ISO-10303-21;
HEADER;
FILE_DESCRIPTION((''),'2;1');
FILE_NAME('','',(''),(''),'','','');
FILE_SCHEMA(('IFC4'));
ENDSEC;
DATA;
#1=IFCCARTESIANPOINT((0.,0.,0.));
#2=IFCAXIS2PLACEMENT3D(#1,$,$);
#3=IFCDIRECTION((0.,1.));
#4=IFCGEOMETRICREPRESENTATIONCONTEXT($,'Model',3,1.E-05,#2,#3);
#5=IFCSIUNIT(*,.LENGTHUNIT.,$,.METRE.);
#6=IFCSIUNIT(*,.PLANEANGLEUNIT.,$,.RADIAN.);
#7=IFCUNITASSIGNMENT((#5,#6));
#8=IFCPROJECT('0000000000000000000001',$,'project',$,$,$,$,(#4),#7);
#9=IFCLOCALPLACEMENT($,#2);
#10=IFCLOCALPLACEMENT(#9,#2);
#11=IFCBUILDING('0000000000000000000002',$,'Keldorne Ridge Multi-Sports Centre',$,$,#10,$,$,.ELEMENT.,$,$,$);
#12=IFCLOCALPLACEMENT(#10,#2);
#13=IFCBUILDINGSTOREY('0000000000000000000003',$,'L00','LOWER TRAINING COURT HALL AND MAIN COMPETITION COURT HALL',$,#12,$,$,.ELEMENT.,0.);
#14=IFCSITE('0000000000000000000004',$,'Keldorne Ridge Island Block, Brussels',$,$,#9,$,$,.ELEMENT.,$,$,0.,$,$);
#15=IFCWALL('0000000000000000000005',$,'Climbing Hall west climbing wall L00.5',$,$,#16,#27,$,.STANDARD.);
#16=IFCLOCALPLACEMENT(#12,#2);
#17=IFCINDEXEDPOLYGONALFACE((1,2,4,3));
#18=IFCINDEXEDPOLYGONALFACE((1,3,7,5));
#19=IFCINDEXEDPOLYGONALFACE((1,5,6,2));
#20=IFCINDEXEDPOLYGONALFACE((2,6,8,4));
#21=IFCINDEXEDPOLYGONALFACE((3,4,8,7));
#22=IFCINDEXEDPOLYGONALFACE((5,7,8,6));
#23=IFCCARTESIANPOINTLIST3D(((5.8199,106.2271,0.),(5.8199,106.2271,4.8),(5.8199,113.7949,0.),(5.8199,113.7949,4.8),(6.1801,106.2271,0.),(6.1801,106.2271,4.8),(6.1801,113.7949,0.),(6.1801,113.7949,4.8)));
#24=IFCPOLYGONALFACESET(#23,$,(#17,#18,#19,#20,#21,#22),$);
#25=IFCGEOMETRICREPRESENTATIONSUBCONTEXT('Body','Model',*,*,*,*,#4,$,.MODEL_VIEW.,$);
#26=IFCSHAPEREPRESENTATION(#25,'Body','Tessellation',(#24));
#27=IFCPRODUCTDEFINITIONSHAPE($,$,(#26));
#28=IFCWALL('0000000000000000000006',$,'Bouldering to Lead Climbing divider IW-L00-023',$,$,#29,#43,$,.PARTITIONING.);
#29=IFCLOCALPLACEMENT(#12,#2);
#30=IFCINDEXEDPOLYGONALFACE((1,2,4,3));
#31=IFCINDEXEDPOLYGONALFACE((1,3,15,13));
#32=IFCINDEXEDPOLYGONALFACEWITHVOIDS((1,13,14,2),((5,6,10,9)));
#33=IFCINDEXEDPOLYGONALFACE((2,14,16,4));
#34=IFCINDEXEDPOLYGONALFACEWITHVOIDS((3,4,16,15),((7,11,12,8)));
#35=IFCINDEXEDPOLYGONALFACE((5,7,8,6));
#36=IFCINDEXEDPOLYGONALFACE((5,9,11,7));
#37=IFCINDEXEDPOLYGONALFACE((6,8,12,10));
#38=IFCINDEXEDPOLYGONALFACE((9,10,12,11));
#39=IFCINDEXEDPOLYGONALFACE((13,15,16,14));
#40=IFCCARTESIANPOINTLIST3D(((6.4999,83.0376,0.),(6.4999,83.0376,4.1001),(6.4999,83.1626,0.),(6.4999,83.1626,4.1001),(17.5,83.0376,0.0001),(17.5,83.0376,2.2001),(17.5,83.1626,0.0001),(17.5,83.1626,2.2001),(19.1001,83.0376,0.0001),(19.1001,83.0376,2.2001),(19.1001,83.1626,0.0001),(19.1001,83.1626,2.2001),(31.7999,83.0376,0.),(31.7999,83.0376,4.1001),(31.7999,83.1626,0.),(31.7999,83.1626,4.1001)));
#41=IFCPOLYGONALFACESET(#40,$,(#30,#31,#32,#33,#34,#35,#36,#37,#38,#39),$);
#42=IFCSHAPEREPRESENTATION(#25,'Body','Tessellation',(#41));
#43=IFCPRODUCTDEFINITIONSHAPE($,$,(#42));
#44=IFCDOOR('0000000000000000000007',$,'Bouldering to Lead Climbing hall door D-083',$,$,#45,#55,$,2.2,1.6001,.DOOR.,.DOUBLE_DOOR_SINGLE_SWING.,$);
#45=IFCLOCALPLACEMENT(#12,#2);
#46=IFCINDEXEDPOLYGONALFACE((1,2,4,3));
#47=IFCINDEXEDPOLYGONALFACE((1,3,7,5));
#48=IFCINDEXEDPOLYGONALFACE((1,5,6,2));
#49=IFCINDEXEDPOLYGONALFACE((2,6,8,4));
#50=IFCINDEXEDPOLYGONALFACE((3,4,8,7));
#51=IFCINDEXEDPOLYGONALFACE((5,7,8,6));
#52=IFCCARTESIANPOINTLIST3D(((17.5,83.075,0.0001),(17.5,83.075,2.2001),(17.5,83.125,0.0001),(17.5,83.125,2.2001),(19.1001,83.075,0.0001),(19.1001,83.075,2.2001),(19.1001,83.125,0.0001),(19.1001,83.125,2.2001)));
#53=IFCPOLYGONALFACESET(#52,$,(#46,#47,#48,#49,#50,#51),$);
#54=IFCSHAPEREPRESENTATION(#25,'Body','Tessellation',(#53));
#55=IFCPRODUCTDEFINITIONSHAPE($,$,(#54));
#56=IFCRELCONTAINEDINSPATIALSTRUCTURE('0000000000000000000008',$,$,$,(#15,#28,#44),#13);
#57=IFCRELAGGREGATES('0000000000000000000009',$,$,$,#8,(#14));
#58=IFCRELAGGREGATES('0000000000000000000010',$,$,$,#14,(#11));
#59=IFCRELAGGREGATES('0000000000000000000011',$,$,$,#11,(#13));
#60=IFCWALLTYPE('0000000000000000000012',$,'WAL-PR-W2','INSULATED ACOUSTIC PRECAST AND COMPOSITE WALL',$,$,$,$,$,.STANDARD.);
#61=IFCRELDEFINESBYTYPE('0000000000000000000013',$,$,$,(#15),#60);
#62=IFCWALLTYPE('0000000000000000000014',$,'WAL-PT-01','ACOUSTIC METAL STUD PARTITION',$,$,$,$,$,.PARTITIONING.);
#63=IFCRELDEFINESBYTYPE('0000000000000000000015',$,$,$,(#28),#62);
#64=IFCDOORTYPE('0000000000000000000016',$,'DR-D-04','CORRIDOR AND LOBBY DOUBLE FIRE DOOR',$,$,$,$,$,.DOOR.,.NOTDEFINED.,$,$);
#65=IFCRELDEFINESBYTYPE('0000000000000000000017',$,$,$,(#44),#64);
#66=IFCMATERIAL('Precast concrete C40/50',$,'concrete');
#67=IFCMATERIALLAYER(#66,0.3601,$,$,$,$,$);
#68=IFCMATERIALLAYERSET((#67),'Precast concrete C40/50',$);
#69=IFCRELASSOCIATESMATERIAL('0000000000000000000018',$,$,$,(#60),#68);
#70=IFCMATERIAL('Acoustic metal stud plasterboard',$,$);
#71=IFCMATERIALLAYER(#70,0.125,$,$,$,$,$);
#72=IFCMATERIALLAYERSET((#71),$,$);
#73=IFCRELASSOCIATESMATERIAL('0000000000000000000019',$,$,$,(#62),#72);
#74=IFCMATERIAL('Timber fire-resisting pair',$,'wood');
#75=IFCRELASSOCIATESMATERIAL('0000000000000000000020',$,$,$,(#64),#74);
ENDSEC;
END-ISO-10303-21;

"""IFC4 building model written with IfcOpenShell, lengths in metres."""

from ifc_helpers import new_model, si_unit, direction, frame, frame_2d, origin, place, context, subcontext, project, spatial, rectangle, extrude, material, layer, layer_set, type_object, element, fill, save


model = new_model("IFC4")

# Units and contexts
model_context = context("Model", 3, precision=1e-05, world=origin(), true_north=direction((0.0, 1.0)))
body_context = subcontext(model_context, "Body", "Model", "MODEL_VIEW")
ifc_project = project(units=[si_unit("LENGTHUNIT", "METRE"), si_unit("PLANEANGLEUNIT", "RADIAN")], contexts=[model_context])

# Site, building, storey
site_placement = place(None, origin())
site = spatial("IfcSite", under=ifc_project, at=site_placement, Name="Keldorne Ridge Island Block, Brussels", CompositionType="ELEMENT", RefElevation=0.0)
building_placement = place(site_placement, origin())
building = spatial("IfcBuilding", under=site, at=building_placement, Name="Keldorne Ridge Multi-Sports Centre", CompositionType="ELEMENT")
storey_placement = place(building_placement, origin())
storey = spatial("IfcBuildingStorey", under=building, at=storey_placement, Name="L00", Description="LOWER TRAINING COURT HALL AND MAIN COMPETITION COURT HALL", CompositionType="ELEMENT", Elevation=0.0)

# Wall
ifc_material_1 = material(Name="Precast concrete C40/50", Category="concrete")
ifc_layer_1 = layer(ifc_material_1, 0.3601)
ifc_layer_set_1 = layer_set([ifc_layer_1], Name="Precast concrete C40/50")
wall_type_1 = type_object("IfcWallType", Name="WAL-PR-W2", Description="INSULATED ACOUSTIC PRECAST AND COMPOSITE WALL", PredefinedType="STANDARD", material=ifc_layer_set_1)
wall_1_placement = place(storey_placement, frame((6.0, 113.7949, 0.0), z_axis=(0.0, 0.0, 1.0), x_axis=(0.0, -1.0, 0.0)))
element("IfcWall", 1, at=wall_1_placement, inside=storey, type_object=wall_type_1, Name="Climbing Hall west climbing wall L00.5", PredefinedType="STANDARD", context=body_context, shape_type="SweptSolid", body=[
    extrude(rectangle(XDim=7.5679, YDim=0.3601, at=frame_2d((3.7839, 0.0))), origin(), (0.0, 0.0, 1.0), 4.8),
])

# Wall, opening, door
ifc_material_2 = material(Name="Acoustic metal stud plasterboard")
ifc_layer_2 = layer(ifc_material_2, 0.125)
ifc_layer_set_2 = layer_set([ifc_layer_2])
wall_type_2 = type_object("IfcWallType", Name="WAL-PT-01", Description="ACOUSTIC METAL STUD PARTITION", PredefinedType="PARTITIONING", material=ifc_layer_set_2)
wall_2_placement = place(storey_placement, frame((6.5, 83.1001, 0.0), z_axis=(0.0, 0.0, 1.0), x_axis=(1.0, 0.0, 0.0)))
wall_2 = element("IfcWall", 2, at=wall_2_placement, inside=storey, type_object=wall_type_2, Name="Bouldering to Lead Climbing divider IW-L00-023", PredefinedType="PARTITIONING", context=body_context, shape_type="SweptSolid", body=[
    extrude(rectangle(XDim=25.3, YDim=0.125, at=frame_2d((12.6499, 0.0))), origin(), (0.0, 0.0, 1.0), 4.1001),
])
opening_placement = place(wall_2_placement, frame((11.0, 0.0, 0.0)))
opening = element("IfcOpeningElement", 3, at=opening_placement, cuts=wall_2, PredefinedType="OPENING", context=body_context, shape_type="SweptSolid", body=[
    extrude(rectangle(XDim=1.6001, YDim=2.2, at=frame_2d((0.8, 1.1001))), frame((0.0, 0.0725, 0.0), z_axis=(0.0, -1.0, 0.0), x_axis=(1.0, 0.0, 0.0)), (0.0, 0.0, 1.0), 0.145),
])
ifc_material_3 = material(Name="Timber fire-resisting pair", Category="wood")
door_type = type_object("IfcDoorType", Name="DR-D-04", Description="CORRIDOR AND LOBBY DOUBLE FIRE DOOR", OperationType="NOTDEFINED", PredefinedType="DOOR", material=ifc_material_3)
door_placement = place(opening_placement, origin())
door = element("IfcDoor", 4, at=door_placement, inside=storey, type_object=door_type, Name="Bouldering to Lead Climbing hall door D-083", OperationType="DOUBLE_DOOR_SINGLE_SWING", OverallHeight=2.2, OverallWidth=1.6001, PredefinedType="DOOR", context=body_context, shape_type="SweptSolid", body=[
    extrude(rectangle(XDim=1.6001, YDim=2.2, at=frame_2d((0.8, 1.1001))), frame((0.0, 0.0249, 0.0), z_axis=(0.0, -1.0, 0.0), x_axis=(1.0, 0.0, 0.0)), (0.0, 0.0, 1.0), 0.05),
])
fill(opening, door)

save(model, "model.ifc")
